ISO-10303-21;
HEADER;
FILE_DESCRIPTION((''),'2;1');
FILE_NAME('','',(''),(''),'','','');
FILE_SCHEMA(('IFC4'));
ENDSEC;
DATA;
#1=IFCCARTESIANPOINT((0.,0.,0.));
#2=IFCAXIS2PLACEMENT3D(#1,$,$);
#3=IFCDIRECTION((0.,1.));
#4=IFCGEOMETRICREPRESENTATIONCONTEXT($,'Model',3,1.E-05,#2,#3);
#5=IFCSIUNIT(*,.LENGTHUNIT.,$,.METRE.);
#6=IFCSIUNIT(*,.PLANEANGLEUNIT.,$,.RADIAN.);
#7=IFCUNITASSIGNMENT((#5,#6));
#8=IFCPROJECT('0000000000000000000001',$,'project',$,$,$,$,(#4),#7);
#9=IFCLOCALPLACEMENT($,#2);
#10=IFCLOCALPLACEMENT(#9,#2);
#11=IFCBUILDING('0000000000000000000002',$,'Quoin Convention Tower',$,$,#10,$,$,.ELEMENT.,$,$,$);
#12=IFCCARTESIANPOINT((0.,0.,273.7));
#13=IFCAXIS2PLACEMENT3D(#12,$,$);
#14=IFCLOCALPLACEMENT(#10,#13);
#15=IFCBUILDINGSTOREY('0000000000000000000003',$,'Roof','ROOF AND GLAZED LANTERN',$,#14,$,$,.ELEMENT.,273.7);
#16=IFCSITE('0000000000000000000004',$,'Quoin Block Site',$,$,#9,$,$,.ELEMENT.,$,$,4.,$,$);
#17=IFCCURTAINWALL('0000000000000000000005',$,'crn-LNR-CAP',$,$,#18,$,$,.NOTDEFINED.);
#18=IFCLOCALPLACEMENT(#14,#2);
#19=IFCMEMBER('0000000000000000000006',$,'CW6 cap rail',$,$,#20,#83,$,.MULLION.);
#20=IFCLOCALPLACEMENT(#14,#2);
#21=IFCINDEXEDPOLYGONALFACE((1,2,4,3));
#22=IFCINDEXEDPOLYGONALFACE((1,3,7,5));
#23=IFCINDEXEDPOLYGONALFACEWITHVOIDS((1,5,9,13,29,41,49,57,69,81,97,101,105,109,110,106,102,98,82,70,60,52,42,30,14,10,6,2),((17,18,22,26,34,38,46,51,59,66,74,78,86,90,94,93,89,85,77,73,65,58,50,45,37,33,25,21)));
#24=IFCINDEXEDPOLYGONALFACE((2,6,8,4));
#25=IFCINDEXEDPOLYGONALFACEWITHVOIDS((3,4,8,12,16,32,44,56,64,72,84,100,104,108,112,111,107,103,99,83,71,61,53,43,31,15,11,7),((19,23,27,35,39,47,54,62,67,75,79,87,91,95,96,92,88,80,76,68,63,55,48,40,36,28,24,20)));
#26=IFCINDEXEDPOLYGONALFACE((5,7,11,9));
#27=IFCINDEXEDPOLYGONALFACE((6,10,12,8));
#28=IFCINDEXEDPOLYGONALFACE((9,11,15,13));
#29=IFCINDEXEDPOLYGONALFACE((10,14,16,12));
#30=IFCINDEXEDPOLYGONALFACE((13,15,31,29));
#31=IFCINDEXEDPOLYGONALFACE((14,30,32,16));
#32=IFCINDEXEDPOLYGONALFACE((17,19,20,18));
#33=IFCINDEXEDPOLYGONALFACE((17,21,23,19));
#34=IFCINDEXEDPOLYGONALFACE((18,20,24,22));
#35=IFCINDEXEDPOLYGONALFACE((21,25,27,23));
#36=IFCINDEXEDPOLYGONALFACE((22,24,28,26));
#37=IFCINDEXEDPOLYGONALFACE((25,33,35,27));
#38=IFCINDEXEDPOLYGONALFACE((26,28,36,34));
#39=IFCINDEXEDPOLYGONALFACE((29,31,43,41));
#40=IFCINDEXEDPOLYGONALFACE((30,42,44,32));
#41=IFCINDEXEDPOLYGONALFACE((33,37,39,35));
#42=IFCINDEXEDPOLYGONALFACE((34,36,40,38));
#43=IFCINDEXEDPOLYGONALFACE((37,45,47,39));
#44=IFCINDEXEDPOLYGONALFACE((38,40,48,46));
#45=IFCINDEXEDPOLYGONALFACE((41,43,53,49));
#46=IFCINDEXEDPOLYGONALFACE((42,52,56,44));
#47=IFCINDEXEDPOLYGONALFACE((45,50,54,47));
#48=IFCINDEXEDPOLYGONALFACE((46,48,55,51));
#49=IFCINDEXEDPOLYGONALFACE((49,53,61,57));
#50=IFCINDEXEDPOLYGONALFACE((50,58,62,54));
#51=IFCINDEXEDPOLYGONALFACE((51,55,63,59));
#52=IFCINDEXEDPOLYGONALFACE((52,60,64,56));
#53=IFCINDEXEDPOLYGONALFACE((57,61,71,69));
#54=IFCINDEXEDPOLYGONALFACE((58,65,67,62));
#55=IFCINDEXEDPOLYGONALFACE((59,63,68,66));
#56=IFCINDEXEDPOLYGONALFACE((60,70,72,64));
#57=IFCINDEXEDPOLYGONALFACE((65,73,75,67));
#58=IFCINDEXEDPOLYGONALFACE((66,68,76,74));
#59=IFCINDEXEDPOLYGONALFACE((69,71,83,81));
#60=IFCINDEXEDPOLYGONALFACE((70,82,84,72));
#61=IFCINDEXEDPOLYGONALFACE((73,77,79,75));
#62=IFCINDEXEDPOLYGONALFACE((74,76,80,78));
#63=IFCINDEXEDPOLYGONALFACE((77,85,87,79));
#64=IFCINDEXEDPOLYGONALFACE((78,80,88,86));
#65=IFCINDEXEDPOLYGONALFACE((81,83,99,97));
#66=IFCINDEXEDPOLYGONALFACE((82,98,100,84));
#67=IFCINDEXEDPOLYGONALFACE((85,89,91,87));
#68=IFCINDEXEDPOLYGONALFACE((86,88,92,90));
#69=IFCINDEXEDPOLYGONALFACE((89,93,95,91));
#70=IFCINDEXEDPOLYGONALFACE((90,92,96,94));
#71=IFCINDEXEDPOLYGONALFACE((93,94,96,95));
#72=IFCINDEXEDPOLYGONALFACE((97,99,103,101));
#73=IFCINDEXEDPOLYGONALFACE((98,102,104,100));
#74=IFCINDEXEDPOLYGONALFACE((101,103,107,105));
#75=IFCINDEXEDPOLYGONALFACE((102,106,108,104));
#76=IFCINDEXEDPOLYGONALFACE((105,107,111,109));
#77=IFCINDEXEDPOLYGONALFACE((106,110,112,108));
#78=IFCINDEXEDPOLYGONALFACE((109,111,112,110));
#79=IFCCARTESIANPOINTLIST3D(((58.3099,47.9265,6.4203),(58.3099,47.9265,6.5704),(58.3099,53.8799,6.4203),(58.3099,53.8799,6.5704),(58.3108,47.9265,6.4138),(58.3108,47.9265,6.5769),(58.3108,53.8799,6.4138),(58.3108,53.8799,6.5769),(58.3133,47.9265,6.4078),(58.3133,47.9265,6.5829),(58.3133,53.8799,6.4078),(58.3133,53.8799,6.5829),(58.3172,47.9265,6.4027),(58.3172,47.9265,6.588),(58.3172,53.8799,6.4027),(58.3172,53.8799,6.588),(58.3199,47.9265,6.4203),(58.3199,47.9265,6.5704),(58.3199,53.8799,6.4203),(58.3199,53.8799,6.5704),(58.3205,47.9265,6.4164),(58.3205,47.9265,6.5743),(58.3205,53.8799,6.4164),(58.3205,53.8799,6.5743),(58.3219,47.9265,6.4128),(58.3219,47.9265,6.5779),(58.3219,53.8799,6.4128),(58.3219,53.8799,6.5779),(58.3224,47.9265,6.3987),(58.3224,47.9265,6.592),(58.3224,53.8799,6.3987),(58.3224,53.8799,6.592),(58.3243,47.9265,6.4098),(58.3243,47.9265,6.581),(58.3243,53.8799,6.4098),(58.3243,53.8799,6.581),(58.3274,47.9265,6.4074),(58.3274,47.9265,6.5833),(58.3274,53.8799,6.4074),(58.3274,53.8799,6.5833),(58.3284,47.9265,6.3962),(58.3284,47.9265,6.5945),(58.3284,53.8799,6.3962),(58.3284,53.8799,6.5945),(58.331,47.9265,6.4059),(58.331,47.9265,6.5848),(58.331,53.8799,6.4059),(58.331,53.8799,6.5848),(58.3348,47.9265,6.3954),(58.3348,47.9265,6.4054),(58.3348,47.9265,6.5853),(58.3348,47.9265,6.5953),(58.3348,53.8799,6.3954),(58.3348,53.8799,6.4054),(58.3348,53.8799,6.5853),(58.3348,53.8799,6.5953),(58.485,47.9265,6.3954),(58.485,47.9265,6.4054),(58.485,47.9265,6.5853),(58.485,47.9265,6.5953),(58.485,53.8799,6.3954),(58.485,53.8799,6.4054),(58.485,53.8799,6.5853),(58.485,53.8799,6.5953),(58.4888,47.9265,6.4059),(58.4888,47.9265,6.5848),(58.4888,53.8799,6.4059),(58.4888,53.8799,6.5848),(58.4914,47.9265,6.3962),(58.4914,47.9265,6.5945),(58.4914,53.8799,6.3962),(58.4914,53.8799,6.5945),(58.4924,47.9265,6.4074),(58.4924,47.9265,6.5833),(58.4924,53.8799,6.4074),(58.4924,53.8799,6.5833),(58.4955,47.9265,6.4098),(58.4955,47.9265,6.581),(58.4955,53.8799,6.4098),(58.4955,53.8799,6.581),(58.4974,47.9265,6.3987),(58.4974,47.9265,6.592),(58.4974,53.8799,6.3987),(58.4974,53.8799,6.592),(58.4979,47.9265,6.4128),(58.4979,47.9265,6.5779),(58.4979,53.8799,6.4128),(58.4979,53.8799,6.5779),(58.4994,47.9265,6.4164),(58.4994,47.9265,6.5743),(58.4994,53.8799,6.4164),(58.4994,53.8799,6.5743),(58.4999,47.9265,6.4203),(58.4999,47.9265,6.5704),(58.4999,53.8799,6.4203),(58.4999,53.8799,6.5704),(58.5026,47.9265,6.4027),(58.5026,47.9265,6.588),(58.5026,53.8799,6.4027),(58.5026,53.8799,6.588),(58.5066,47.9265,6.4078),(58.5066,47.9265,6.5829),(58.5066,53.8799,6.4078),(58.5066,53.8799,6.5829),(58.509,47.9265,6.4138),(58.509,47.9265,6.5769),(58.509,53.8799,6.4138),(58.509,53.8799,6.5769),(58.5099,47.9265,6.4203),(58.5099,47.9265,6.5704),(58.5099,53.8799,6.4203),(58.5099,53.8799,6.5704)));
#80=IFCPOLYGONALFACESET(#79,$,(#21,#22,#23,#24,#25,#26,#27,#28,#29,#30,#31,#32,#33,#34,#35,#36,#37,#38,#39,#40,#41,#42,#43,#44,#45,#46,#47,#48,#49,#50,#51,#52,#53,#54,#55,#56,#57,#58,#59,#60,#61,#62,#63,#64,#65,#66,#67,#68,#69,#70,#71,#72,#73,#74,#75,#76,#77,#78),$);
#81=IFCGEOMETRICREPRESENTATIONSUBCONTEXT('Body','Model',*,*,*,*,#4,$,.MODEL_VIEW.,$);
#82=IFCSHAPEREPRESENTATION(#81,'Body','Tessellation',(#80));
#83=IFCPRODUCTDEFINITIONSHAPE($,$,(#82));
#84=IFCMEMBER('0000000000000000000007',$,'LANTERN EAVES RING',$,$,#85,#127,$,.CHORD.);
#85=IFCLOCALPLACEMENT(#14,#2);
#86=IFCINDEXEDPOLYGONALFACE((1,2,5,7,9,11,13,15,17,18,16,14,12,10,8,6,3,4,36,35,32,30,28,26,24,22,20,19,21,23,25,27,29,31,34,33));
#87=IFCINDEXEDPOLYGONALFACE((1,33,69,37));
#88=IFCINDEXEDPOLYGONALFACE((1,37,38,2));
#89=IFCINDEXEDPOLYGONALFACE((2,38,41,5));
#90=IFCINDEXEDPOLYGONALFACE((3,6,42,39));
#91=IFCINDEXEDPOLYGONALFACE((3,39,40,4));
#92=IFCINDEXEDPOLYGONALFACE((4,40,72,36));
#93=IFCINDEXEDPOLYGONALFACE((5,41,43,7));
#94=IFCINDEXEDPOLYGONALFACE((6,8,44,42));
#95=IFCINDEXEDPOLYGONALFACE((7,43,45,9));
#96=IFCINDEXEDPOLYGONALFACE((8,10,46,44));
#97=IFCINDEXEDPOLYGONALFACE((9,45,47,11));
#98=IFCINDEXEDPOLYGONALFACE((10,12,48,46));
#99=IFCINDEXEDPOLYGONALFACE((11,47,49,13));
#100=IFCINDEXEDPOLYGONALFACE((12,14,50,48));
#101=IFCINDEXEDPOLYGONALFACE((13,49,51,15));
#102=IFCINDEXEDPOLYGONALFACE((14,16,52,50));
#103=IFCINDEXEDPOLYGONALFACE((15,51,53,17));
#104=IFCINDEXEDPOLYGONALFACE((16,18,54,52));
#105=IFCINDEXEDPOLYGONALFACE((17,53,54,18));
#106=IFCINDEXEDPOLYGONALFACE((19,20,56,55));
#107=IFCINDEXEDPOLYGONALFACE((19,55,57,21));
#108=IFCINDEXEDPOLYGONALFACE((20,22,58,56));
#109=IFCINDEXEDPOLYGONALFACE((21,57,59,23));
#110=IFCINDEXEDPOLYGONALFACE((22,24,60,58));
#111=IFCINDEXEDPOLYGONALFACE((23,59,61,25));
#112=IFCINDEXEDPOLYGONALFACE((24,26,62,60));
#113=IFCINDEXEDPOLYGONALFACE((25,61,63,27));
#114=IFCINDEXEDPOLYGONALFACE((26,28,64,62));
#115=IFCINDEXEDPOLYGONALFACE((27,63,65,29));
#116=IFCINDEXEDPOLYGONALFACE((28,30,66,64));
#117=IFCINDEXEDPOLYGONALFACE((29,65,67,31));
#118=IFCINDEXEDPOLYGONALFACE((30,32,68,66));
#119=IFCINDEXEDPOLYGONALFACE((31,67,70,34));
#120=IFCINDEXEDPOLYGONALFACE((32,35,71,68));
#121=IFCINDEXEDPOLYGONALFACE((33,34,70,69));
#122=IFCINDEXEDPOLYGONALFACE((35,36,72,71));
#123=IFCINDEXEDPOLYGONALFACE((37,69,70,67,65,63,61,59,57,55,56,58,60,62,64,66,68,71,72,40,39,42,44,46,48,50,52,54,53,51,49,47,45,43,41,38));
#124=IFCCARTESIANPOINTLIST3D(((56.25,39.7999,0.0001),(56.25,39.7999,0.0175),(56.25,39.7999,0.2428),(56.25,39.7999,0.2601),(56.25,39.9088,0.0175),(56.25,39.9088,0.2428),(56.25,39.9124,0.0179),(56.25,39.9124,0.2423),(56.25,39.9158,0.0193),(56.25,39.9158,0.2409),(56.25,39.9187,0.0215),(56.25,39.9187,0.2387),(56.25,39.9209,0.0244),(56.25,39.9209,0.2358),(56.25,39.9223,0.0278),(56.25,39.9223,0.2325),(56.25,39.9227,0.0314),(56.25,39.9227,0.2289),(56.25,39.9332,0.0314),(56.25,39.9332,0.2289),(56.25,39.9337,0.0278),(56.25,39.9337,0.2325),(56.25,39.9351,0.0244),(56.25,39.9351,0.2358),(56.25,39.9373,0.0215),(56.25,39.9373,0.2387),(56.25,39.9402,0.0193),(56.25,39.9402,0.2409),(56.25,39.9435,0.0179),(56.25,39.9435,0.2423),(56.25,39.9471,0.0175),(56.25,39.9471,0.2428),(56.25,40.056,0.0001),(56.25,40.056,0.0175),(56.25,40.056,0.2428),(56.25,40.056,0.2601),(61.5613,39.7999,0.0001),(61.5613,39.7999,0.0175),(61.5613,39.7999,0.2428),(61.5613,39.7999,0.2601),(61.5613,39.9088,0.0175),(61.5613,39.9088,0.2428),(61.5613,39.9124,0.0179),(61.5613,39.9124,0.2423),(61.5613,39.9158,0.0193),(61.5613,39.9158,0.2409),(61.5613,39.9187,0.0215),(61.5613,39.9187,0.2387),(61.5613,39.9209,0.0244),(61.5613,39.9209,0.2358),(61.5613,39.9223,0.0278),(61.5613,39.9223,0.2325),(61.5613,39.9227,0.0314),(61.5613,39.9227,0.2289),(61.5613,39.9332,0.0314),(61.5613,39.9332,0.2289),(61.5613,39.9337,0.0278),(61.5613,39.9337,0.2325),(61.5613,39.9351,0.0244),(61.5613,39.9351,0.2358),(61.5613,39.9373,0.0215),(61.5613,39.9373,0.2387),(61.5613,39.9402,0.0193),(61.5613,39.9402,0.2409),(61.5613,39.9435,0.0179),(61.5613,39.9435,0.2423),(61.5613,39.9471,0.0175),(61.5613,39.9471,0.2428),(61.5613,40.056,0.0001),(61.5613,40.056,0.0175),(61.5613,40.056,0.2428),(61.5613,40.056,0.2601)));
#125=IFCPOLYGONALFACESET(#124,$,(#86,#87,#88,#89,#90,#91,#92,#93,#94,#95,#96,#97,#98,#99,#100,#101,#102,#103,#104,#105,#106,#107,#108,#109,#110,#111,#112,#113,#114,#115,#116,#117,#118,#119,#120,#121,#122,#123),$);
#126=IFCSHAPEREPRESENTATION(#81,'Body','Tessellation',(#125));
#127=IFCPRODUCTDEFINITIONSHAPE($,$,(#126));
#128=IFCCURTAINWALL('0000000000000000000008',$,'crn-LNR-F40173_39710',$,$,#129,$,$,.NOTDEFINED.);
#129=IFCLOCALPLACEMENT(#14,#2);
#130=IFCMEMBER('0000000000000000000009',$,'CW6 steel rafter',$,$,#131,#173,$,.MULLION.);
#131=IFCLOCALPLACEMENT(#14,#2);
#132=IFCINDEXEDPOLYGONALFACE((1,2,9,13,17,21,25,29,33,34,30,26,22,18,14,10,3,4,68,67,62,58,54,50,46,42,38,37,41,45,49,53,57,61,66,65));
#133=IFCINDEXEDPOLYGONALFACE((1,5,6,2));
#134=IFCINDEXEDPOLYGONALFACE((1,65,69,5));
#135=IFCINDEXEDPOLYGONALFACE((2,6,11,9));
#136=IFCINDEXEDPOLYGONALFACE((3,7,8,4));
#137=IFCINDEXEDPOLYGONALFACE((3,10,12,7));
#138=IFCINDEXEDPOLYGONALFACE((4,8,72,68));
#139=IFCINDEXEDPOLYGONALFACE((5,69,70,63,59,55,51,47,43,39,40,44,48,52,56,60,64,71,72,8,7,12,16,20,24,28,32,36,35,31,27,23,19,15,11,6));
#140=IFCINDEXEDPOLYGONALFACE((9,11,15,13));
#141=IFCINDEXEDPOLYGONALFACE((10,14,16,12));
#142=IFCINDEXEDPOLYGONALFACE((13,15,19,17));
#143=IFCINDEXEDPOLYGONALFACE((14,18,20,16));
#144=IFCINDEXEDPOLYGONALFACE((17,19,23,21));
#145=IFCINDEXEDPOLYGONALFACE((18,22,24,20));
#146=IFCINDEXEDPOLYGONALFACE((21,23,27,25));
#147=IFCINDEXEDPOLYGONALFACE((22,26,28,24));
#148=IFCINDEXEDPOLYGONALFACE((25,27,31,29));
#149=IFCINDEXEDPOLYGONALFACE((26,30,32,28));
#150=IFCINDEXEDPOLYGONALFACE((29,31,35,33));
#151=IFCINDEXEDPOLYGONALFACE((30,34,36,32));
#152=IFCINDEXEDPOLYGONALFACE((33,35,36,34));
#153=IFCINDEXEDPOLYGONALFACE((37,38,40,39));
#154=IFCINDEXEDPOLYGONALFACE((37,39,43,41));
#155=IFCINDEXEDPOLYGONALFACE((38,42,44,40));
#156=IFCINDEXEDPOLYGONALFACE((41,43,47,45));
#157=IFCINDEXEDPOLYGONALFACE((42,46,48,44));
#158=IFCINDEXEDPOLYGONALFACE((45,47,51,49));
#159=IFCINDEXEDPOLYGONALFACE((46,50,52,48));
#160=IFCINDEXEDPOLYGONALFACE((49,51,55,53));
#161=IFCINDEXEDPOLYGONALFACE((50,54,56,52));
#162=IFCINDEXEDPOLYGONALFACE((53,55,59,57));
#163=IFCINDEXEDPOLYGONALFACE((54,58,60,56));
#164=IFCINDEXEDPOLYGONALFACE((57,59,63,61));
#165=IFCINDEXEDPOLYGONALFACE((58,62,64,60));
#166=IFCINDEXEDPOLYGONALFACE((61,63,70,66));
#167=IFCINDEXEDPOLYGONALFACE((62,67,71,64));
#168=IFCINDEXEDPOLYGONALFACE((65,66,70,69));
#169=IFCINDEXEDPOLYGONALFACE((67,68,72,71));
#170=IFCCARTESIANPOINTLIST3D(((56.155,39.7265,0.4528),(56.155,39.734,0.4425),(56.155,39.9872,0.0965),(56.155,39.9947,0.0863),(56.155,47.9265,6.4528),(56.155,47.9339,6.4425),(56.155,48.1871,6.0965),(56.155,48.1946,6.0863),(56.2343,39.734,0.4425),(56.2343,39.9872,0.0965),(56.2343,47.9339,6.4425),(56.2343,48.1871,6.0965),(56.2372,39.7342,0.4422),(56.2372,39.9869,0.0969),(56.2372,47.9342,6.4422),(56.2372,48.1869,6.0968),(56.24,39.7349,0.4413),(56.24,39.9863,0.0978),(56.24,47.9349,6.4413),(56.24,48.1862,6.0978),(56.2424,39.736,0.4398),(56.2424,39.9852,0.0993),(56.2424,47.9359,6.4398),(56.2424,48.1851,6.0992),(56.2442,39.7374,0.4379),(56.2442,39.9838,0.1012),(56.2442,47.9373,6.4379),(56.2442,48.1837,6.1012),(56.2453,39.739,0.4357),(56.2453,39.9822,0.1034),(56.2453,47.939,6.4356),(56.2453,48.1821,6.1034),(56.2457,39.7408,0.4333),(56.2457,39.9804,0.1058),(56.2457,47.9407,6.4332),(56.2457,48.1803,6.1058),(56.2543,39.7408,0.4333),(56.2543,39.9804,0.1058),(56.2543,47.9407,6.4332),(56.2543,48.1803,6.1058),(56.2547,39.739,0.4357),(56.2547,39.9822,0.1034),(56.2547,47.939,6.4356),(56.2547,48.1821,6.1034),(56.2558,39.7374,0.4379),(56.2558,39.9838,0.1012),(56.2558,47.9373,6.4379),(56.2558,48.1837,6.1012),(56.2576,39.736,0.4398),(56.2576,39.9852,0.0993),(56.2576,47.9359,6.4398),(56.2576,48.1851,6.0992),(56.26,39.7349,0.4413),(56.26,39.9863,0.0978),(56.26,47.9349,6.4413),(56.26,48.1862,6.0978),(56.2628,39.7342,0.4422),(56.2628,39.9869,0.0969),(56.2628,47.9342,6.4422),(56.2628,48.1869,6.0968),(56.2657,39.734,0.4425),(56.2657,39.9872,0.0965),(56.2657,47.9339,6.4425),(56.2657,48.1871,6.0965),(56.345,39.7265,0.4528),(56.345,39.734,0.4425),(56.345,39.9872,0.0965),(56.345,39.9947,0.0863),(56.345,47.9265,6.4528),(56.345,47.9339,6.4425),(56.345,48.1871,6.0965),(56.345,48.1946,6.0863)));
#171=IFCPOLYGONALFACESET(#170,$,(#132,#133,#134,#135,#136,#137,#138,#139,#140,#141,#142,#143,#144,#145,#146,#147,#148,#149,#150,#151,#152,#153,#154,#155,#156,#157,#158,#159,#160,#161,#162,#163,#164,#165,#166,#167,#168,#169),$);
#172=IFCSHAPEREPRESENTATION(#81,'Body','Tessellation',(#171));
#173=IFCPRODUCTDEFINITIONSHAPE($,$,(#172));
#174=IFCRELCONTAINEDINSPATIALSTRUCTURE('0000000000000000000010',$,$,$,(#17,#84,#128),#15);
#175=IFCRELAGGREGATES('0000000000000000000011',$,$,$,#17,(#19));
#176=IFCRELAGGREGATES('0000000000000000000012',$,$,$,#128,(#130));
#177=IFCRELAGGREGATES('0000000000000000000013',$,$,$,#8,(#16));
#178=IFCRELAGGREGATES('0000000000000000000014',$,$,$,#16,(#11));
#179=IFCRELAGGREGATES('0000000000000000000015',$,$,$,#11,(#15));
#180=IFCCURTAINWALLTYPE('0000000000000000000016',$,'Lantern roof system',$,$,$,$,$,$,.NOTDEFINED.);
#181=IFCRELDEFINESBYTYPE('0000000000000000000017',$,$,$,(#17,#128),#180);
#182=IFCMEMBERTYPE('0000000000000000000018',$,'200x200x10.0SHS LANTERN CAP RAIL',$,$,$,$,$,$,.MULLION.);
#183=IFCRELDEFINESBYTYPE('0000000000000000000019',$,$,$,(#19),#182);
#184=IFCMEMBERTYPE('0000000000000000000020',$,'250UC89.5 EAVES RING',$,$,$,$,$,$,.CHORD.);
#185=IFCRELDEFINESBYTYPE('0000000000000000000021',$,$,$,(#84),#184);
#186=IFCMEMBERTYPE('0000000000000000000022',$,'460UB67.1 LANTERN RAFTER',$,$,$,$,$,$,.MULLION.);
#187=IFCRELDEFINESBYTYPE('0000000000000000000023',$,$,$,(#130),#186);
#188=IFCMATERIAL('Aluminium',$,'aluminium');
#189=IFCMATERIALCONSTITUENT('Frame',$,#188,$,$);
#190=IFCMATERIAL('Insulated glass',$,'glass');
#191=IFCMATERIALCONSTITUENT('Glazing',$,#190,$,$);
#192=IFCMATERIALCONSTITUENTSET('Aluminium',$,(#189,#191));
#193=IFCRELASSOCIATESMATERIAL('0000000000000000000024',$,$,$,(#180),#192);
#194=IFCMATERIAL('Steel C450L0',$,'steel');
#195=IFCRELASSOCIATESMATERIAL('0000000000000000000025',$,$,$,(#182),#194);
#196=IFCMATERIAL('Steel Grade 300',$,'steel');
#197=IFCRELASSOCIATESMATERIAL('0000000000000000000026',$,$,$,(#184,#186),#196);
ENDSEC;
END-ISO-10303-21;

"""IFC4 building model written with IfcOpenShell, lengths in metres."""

from ifc_helpers import new_model, si_unit, direction, frame, origin, origin_2d, place, context, subcontext, project, spatial, hollow_rectangle, i_section, extrude, material, constituent, constituent_set, material_profile, profile_set, type_object, element, aggregate, save


model = new_model("IFC4")

# Units and contexts
model_context = context("Model", 3, precision=1e-05, world=origin(), true_north=direction((0.0, 1.0)))
body_context = subcontext(model_context, "Body", "Model", "MODEL_VIEW")
ifc_project = project(units=[si_unit("LENGTHUNIT", "METRE"), si_unit("PLANEANGLEUNIT", "RADIAN")], contexts=[model_context])

# Site, building, storey
site_placement = place(None, origin())
site = spatial("IfcSite", under=ifc_project, at=site_placement, Name="Quoin Block Site", CompositionType="ELEMENT", RefElevation=4.0)
building_placement = place(site_placement, origin())
building = spatial("IfcBuilding", under=site, at=building_placement, Name="Quoin Convention Tower", CompositionType="ELEMENT")
storey_placement = place(building_placement, frame((0.0, 0.0, 273.7)))
storey = spatial("IfcBuildingStorey", under=building, at=storey_placement, Name="Roof", Description="ROOF AND GLAZED LANTERN", CompositionType="ELEMENT", Elevation=273.7)

# Curtain wall, member
ifc_material_1 = material(Name="Aluminium", Category="aluminium")
ifc_constituent_1 = constituent(ifc_material_1, Name="Frame")
ifc_material_2 = material(Name="Insulated glass", Category="glass")
ifc_constituent_2 = constituent(ifc_material_2, Name="Glazing")
ifc_constituent_set = constituent_set(constituents=[ifc_constituent_1, ifc_constituent_2], Name="Aluminium")
curtain_wall_type = type_object("IfcCurtainWallType", Name="Lantern roof system", PredefinedType="NOTDEFINED", material=ifc_constituent_set)
curtain_wall_1_placement = place(storey_placement, origin())
curtain_wall_1 = element("IfcCurtainWall", 1, at=curtain_wall_1_placement, inside=storey, type_object=curtain_wall_type, Name="crn-LNR-CAP", PredefinedType="NOTDEFINED")
ifc_material_3 = material(Name="Steel C450L0", Category="steel")
ifc_material_profile_1 = material_profile(ifc_material_3, hollow_rectangle(XDim=0.2, YDim=0.2, WallThickness=0.01, InnerFilletRadius=0.0149, OuterFilletRadius=0.0249, at=origin_2d()), Name="200x200x10.0SHS")
ifc_profile_set_1 = profile_set([ifc_material_profile_1], Name="Steel C450L0")
member_type_1 = type_object("IfcMemberType", Name="200x200x10.0SHS LANTERN CAP RAIL", PredefinedType="MULLION", material=ifc_profile_set_1)
member_1_placement = place(storey_placement, frame((58.4099, 47.9265, 6.4954), z_axis=(0.0, 1.0, 0.0), x_axis=(-1.0, 0.0, 0.0)))
member_1 = element("IfcMember", 2, at=member_1_placement, type_object=member_type_1, Name="CW6 cap rail", PredefinedType="MULLION", context=body_context, shape_type="SweptSolid", body=[
    extrude(hollow_rectangle(XDim=0.2, YDim=0.2, WallThickness=0.01, InnerFilletRadius=0.0149, OuterFilletRadius=0.0249, at=origin_2d()), origin(), (0.0, 0.0, 1.0), 5.9534),
])

# Member
ifc_material_4 = material(Name="Steel Grade 300", Category="steel")
ifc_material_profile_2 = material_profile(ifc_material_4, i_section(OverallWidth=0.2561, OverallDepth=0.26, WebThickness=0.0105, FlangeThickness=0.0173, FilletRadius=0.0139, at=origin_2d()), Name="250UC89.5")
ifc_profile_set_2 = profile_set([ifc_material_profile_2], Name="Steel Grade 300")
member_type_2 = type_object("IfcMemberType", Name="250UC89.5 EAVES RING", PredefinedType="CHORD", material=ifc_profile_set_2)
member_2_placement = place(storey_placement, frame((56.25, 39.928, 0.1301), z_axis=(1.0, 0.0, 0.0), x_axis=(0.0, 1.0, 0.0)))
element("IfcMember", 3, at=member_2_placement, inside=storey, type_object=member_type_2, Name="LANTERN EAVES RING", PredefinedType="CHORD", context=body_context, shape_type="SweptSolid", body=[
    extrude(i_section(OverallWidth=0.2561, OverallDepth=0.26, WebThickness=0.0105, FlangeThickness=0.0173, FilletRadius=0.0139, at=origin_2d()), origin(), (0.0, 0.0, 1.0), 5.3113),
])

# Curtain wall, member
curtain_wall_2_placement = place(storey_placement, origin())
curtain_wall_2 = element("IfcCurtainWall", 4, at=curtain_wall_2_placement, inside=storey, type_object=curtain_wall_type, Name="crn-LNR-F40173_39710", PredefinedType="NOTDEFINED")
ifc_material_profile_3 = material_profile(ifc_material_4, i_section(OverallWidth=0.1899, OverallDepth=0.4541, WebThickness=0.0085, FlangeThickness=0.0127, FilletRadius=0.0115, at=origin_2d()), Name="460UB67.1")
ifc_profile_set_3 = profile_set([ifc_material_profile_3], Name="Steel Grade 300")
member_type_3 = type_object("IfcMemberType", Name="460UB67.1 LANTERN RAFTER", PredefinedType="MULLION", material=ifc_profile_set_3)
member_3_placement = place(storey_placement, frame((56.25, 39.8606, 0.2695), z_axis=(0.0, 0.807029, 0.590512), x_axis=(-1.0, 0.0, 0.0)))
member_3 = element("IfcMember", 5, at=member_3_placement, type_object=member_type_3, Name="CW6 steel rafter", PredefinedType="MULLION", context=body_context, shape_type="SweptSolid", body=[
    extrude(i_section(OverallWidth=0.1899, OverallDepth=0.4541, WebThickness=0.0085, FlangeThickness=0.0127, FilletRadius=0.0115, at=origin_2d()), origin(), (0.0, 0.0, 1.0), 10.1606),
])

aggregate(curtain_wall_1, [member_1])

aggregate(curtain_wall_2, [member_3])

save(model, "model.ifc")
